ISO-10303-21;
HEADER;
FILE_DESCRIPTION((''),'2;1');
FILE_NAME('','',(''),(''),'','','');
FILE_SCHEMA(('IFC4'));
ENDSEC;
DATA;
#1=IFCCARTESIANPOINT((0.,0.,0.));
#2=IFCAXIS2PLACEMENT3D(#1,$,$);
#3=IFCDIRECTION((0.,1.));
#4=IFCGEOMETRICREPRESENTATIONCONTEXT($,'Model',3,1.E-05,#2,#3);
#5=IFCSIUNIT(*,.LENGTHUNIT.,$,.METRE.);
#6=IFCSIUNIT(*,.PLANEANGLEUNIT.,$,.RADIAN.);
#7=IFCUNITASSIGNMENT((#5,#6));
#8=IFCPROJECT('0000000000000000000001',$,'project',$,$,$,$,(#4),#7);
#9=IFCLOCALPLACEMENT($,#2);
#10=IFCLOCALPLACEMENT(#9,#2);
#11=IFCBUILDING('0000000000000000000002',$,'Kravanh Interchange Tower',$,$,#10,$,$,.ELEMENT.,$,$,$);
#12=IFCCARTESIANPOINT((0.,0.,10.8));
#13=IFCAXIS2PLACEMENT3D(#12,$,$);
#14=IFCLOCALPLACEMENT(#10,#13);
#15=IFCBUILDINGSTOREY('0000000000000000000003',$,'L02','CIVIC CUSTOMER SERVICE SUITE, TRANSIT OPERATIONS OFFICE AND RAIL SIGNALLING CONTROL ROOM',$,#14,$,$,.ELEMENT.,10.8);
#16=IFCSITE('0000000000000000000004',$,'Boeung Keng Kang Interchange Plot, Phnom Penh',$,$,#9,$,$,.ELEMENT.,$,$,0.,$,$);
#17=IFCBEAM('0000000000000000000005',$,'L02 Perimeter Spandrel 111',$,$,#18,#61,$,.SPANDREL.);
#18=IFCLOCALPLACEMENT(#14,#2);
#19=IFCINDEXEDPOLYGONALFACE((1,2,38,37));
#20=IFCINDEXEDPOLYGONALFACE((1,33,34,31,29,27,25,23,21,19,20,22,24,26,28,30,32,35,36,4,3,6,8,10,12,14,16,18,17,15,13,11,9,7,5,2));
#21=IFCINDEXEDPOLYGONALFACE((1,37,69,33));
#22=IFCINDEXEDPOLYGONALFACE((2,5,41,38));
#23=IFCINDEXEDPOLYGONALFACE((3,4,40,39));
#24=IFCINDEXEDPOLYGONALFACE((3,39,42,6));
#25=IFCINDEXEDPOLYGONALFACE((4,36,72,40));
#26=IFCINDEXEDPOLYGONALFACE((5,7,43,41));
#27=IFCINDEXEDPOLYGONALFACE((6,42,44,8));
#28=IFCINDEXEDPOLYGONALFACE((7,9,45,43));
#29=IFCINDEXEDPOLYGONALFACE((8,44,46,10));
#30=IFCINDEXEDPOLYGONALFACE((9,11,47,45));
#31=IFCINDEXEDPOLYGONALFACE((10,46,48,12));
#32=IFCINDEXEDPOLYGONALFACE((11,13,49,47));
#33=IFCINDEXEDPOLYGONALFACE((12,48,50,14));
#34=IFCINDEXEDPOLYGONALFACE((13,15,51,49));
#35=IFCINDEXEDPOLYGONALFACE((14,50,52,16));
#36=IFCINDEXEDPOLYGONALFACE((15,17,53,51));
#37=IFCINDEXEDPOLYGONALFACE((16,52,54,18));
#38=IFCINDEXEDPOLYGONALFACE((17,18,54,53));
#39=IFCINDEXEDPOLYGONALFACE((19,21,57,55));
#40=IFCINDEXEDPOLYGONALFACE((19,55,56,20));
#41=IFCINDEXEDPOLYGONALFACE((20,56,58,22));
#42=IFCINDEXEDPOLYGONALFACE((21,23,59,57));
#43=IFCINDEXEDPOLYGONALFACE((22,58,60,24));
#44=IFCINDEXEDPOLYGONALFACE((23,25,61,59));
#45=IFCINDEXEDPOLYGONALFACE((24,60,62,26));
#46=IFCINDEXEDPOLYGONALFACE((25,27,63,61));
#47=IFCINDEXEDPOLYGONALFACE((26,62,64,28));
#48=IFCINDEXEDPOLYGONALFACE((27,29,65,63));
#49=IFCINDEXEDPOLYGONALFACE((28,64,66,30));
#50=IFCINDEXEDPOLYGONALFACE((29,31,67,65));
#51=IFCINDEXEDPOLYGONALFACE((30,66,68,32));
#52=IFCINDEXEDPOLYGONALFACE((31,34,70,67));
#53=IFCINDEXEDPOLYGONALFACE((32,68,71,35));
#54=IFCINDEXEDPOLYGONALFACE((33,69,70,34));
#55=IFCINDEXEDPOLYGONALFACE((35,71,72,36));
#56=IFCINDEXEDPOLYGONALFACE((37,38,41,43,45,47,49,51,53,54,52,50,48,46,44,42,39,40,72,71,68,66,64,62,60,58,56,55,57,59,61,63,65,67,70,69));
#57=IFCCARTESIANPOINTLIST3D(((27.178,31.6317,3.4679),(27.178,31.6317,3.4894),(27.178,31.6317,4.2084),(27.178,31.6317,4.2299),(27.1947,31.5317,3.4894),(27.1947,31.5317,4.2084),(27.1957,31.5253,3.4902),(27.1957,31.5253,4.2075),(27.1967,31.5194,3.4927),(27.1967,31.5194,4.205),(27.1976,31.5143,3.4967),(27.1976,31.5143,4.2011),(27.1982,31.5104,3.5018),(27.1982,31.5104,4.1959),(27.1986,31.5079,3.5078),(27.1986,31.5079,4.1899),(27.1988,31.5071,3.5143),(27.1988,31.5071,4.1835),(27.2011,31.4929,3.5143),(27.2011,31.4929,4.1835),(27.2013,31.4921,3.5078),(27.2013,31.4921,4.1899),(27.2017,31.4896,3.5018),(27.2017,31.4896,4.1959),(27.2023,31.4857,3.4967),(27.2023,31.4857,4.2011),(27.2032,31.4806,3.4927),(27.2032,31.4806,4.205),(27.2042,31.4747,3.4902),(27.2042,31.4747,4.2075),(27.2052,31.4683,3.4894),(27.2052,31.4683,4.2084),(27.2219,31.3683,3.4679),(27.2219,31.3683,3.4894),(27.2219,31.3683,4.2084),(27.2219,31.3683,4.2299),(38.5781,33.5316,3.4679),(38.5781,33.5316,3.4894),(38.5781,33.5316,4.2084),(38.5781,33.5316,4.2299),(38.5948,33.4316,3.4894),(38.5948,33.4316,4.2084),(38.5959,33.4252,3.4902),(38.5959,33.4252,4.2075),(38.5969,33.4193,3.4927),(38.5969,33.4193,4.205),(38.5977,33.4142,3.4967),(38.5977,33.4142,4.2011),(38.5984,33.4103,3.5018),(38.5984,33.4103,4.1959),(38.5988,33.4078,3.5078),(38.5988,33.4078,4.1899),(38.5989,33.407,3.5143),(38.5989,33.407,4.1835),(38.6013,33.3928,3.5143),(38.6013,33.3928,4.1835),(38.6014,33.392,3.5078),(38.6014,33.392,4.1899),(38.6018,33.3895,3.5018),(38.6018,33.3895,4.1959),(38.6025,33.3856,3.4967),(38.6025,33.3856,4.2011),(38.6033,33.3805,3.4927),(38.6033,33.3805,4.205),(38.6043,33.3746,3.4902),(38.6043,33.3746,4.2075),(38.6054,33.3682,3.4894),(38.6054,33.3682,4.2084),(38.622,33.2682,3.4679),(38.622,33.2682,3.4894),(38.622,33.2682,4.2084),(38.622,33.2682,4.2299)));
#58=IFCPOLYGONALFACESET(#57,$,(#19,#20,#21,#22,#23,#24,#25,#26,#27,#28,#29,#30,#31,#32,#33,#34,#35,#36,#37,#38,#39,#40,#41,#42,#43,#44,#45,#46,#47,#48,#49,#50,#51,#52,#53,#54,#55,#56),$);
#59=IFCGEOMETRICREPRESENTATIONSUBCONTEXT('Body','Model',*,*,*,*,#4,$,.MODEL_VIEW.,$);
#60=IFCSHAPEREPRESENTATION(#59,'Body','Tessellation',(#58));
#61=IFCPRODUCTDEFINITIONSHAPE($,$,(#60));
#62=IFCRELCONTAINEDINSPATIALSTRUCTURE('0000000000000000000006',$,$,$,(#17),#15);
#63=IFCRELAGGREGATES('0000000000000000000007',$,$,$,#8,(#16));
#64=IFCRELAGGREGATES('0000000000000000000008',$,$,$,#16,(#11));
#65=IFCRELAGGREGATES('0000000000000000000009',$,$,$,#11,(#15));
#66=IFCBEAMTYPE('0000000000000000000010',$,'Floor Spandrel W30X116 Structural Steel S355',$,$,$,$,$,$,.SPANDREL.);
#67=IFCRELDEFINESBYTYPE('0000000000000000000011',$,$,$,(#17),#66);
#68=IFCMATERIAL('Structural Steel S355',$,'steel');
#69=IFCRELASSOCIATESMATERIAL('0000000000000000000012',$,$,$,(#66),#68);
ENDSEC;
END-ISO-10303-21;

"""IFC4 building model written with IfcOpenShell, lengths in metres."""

from ifc_helpers import new_model, si_unit, direction, frame, origin, origin_2d, place, context, subcontext, project, spatial, i_section, extrude, material, material_profile, profile_set, type_object, element, save


model = new_model("IFC4")

# Units and contexts
model_context = context("Model", 3, precision=1e-05, world=origin(), true_north=direction((0.0, 1.0)))
body_context = subcontext(model_context, "Body", "Model", "MODEL_VIEW")
ifc_project = project(units=[si_unit("LENGTHUNIT", "METRE"), si_unit("PLANEANGLEUNIT", "RADIAN")], contexts=[model_context])

# Site, building, storey
site_placement = place(None, origin())
site = spatial("IfcSite", under=ifc_project, at=site_placement, Name="Boeung Keng Kang Interchange Plot, Phnom Penh", CompositionType="ELEMENT", RefElevation=0.0)
building_placement = place(site_placement, origin())
building = spatial("IfcBuilding", under=site, at=building_placement, Name="Kravanh Interchange Tower", CompositionType="ELEMENT")
storey_placement = place(building_placement, frame((0.0, 0.0, 10.8)))
storey = spatial("IfcBuildingStorey", under=building, at=storey_placement, Name="L02", Description="CIVIC CUSTOMER SERVICE SUITE, TRANSIT OPERATIONS OFFICE AND RAIL SIGNALLING CONTROL ROOM", CompositionType="ELEMENT", Elevation=10.8)

# Beam
ifc_material_1 = material(Name="Structural Steel S355", Category="steel")
ifc_material_profile_1 = material_profile(ifc_material_1, i_section(OverallWidth=0.2671, OverallDepth=0.762, WebThickness=0.0144, FlangeThickness=0.0215, FilletRadius=0.0249, at=origin_2d()), Name="W30X116")
ifc_profile_set_1 = profile_set([ifc_material_profile_1], Name="Structural Steel S355")
beam_type_1 = type_object("IfcBeamType", Name="Floor Spandrel W30X116 Structural Steel S355", PredefinedType="SPANDREL", material=ifc_profile_set_1)
beam_1_placement = place(storey_placement, frame((27.2, 31.5, 3.8489), z_axis=(0.986396, 0.164389, 0.0), x_axis=(-0.164389, 0.986396, 0.0)))
element("IfcBeam", 1, at=beam_1_placement, inside=storey, type_object=beam_type_1, Name="L02 Perimeter Spandrel 111", PredefinedType="SPANDREL", context=body_context, shape_type="SweptSolid", body=[
    extrude(i_section(OverallWidth=0.2671, OverallDepth=0.762, WebThickness=0.0144, FlangeThickness=0.0215, FilletRadius=0.0249, at=origin_2d()), origin(), (0.0, 0.0, 1.0), 11.5574),
])

save(model, "model.ifc")
